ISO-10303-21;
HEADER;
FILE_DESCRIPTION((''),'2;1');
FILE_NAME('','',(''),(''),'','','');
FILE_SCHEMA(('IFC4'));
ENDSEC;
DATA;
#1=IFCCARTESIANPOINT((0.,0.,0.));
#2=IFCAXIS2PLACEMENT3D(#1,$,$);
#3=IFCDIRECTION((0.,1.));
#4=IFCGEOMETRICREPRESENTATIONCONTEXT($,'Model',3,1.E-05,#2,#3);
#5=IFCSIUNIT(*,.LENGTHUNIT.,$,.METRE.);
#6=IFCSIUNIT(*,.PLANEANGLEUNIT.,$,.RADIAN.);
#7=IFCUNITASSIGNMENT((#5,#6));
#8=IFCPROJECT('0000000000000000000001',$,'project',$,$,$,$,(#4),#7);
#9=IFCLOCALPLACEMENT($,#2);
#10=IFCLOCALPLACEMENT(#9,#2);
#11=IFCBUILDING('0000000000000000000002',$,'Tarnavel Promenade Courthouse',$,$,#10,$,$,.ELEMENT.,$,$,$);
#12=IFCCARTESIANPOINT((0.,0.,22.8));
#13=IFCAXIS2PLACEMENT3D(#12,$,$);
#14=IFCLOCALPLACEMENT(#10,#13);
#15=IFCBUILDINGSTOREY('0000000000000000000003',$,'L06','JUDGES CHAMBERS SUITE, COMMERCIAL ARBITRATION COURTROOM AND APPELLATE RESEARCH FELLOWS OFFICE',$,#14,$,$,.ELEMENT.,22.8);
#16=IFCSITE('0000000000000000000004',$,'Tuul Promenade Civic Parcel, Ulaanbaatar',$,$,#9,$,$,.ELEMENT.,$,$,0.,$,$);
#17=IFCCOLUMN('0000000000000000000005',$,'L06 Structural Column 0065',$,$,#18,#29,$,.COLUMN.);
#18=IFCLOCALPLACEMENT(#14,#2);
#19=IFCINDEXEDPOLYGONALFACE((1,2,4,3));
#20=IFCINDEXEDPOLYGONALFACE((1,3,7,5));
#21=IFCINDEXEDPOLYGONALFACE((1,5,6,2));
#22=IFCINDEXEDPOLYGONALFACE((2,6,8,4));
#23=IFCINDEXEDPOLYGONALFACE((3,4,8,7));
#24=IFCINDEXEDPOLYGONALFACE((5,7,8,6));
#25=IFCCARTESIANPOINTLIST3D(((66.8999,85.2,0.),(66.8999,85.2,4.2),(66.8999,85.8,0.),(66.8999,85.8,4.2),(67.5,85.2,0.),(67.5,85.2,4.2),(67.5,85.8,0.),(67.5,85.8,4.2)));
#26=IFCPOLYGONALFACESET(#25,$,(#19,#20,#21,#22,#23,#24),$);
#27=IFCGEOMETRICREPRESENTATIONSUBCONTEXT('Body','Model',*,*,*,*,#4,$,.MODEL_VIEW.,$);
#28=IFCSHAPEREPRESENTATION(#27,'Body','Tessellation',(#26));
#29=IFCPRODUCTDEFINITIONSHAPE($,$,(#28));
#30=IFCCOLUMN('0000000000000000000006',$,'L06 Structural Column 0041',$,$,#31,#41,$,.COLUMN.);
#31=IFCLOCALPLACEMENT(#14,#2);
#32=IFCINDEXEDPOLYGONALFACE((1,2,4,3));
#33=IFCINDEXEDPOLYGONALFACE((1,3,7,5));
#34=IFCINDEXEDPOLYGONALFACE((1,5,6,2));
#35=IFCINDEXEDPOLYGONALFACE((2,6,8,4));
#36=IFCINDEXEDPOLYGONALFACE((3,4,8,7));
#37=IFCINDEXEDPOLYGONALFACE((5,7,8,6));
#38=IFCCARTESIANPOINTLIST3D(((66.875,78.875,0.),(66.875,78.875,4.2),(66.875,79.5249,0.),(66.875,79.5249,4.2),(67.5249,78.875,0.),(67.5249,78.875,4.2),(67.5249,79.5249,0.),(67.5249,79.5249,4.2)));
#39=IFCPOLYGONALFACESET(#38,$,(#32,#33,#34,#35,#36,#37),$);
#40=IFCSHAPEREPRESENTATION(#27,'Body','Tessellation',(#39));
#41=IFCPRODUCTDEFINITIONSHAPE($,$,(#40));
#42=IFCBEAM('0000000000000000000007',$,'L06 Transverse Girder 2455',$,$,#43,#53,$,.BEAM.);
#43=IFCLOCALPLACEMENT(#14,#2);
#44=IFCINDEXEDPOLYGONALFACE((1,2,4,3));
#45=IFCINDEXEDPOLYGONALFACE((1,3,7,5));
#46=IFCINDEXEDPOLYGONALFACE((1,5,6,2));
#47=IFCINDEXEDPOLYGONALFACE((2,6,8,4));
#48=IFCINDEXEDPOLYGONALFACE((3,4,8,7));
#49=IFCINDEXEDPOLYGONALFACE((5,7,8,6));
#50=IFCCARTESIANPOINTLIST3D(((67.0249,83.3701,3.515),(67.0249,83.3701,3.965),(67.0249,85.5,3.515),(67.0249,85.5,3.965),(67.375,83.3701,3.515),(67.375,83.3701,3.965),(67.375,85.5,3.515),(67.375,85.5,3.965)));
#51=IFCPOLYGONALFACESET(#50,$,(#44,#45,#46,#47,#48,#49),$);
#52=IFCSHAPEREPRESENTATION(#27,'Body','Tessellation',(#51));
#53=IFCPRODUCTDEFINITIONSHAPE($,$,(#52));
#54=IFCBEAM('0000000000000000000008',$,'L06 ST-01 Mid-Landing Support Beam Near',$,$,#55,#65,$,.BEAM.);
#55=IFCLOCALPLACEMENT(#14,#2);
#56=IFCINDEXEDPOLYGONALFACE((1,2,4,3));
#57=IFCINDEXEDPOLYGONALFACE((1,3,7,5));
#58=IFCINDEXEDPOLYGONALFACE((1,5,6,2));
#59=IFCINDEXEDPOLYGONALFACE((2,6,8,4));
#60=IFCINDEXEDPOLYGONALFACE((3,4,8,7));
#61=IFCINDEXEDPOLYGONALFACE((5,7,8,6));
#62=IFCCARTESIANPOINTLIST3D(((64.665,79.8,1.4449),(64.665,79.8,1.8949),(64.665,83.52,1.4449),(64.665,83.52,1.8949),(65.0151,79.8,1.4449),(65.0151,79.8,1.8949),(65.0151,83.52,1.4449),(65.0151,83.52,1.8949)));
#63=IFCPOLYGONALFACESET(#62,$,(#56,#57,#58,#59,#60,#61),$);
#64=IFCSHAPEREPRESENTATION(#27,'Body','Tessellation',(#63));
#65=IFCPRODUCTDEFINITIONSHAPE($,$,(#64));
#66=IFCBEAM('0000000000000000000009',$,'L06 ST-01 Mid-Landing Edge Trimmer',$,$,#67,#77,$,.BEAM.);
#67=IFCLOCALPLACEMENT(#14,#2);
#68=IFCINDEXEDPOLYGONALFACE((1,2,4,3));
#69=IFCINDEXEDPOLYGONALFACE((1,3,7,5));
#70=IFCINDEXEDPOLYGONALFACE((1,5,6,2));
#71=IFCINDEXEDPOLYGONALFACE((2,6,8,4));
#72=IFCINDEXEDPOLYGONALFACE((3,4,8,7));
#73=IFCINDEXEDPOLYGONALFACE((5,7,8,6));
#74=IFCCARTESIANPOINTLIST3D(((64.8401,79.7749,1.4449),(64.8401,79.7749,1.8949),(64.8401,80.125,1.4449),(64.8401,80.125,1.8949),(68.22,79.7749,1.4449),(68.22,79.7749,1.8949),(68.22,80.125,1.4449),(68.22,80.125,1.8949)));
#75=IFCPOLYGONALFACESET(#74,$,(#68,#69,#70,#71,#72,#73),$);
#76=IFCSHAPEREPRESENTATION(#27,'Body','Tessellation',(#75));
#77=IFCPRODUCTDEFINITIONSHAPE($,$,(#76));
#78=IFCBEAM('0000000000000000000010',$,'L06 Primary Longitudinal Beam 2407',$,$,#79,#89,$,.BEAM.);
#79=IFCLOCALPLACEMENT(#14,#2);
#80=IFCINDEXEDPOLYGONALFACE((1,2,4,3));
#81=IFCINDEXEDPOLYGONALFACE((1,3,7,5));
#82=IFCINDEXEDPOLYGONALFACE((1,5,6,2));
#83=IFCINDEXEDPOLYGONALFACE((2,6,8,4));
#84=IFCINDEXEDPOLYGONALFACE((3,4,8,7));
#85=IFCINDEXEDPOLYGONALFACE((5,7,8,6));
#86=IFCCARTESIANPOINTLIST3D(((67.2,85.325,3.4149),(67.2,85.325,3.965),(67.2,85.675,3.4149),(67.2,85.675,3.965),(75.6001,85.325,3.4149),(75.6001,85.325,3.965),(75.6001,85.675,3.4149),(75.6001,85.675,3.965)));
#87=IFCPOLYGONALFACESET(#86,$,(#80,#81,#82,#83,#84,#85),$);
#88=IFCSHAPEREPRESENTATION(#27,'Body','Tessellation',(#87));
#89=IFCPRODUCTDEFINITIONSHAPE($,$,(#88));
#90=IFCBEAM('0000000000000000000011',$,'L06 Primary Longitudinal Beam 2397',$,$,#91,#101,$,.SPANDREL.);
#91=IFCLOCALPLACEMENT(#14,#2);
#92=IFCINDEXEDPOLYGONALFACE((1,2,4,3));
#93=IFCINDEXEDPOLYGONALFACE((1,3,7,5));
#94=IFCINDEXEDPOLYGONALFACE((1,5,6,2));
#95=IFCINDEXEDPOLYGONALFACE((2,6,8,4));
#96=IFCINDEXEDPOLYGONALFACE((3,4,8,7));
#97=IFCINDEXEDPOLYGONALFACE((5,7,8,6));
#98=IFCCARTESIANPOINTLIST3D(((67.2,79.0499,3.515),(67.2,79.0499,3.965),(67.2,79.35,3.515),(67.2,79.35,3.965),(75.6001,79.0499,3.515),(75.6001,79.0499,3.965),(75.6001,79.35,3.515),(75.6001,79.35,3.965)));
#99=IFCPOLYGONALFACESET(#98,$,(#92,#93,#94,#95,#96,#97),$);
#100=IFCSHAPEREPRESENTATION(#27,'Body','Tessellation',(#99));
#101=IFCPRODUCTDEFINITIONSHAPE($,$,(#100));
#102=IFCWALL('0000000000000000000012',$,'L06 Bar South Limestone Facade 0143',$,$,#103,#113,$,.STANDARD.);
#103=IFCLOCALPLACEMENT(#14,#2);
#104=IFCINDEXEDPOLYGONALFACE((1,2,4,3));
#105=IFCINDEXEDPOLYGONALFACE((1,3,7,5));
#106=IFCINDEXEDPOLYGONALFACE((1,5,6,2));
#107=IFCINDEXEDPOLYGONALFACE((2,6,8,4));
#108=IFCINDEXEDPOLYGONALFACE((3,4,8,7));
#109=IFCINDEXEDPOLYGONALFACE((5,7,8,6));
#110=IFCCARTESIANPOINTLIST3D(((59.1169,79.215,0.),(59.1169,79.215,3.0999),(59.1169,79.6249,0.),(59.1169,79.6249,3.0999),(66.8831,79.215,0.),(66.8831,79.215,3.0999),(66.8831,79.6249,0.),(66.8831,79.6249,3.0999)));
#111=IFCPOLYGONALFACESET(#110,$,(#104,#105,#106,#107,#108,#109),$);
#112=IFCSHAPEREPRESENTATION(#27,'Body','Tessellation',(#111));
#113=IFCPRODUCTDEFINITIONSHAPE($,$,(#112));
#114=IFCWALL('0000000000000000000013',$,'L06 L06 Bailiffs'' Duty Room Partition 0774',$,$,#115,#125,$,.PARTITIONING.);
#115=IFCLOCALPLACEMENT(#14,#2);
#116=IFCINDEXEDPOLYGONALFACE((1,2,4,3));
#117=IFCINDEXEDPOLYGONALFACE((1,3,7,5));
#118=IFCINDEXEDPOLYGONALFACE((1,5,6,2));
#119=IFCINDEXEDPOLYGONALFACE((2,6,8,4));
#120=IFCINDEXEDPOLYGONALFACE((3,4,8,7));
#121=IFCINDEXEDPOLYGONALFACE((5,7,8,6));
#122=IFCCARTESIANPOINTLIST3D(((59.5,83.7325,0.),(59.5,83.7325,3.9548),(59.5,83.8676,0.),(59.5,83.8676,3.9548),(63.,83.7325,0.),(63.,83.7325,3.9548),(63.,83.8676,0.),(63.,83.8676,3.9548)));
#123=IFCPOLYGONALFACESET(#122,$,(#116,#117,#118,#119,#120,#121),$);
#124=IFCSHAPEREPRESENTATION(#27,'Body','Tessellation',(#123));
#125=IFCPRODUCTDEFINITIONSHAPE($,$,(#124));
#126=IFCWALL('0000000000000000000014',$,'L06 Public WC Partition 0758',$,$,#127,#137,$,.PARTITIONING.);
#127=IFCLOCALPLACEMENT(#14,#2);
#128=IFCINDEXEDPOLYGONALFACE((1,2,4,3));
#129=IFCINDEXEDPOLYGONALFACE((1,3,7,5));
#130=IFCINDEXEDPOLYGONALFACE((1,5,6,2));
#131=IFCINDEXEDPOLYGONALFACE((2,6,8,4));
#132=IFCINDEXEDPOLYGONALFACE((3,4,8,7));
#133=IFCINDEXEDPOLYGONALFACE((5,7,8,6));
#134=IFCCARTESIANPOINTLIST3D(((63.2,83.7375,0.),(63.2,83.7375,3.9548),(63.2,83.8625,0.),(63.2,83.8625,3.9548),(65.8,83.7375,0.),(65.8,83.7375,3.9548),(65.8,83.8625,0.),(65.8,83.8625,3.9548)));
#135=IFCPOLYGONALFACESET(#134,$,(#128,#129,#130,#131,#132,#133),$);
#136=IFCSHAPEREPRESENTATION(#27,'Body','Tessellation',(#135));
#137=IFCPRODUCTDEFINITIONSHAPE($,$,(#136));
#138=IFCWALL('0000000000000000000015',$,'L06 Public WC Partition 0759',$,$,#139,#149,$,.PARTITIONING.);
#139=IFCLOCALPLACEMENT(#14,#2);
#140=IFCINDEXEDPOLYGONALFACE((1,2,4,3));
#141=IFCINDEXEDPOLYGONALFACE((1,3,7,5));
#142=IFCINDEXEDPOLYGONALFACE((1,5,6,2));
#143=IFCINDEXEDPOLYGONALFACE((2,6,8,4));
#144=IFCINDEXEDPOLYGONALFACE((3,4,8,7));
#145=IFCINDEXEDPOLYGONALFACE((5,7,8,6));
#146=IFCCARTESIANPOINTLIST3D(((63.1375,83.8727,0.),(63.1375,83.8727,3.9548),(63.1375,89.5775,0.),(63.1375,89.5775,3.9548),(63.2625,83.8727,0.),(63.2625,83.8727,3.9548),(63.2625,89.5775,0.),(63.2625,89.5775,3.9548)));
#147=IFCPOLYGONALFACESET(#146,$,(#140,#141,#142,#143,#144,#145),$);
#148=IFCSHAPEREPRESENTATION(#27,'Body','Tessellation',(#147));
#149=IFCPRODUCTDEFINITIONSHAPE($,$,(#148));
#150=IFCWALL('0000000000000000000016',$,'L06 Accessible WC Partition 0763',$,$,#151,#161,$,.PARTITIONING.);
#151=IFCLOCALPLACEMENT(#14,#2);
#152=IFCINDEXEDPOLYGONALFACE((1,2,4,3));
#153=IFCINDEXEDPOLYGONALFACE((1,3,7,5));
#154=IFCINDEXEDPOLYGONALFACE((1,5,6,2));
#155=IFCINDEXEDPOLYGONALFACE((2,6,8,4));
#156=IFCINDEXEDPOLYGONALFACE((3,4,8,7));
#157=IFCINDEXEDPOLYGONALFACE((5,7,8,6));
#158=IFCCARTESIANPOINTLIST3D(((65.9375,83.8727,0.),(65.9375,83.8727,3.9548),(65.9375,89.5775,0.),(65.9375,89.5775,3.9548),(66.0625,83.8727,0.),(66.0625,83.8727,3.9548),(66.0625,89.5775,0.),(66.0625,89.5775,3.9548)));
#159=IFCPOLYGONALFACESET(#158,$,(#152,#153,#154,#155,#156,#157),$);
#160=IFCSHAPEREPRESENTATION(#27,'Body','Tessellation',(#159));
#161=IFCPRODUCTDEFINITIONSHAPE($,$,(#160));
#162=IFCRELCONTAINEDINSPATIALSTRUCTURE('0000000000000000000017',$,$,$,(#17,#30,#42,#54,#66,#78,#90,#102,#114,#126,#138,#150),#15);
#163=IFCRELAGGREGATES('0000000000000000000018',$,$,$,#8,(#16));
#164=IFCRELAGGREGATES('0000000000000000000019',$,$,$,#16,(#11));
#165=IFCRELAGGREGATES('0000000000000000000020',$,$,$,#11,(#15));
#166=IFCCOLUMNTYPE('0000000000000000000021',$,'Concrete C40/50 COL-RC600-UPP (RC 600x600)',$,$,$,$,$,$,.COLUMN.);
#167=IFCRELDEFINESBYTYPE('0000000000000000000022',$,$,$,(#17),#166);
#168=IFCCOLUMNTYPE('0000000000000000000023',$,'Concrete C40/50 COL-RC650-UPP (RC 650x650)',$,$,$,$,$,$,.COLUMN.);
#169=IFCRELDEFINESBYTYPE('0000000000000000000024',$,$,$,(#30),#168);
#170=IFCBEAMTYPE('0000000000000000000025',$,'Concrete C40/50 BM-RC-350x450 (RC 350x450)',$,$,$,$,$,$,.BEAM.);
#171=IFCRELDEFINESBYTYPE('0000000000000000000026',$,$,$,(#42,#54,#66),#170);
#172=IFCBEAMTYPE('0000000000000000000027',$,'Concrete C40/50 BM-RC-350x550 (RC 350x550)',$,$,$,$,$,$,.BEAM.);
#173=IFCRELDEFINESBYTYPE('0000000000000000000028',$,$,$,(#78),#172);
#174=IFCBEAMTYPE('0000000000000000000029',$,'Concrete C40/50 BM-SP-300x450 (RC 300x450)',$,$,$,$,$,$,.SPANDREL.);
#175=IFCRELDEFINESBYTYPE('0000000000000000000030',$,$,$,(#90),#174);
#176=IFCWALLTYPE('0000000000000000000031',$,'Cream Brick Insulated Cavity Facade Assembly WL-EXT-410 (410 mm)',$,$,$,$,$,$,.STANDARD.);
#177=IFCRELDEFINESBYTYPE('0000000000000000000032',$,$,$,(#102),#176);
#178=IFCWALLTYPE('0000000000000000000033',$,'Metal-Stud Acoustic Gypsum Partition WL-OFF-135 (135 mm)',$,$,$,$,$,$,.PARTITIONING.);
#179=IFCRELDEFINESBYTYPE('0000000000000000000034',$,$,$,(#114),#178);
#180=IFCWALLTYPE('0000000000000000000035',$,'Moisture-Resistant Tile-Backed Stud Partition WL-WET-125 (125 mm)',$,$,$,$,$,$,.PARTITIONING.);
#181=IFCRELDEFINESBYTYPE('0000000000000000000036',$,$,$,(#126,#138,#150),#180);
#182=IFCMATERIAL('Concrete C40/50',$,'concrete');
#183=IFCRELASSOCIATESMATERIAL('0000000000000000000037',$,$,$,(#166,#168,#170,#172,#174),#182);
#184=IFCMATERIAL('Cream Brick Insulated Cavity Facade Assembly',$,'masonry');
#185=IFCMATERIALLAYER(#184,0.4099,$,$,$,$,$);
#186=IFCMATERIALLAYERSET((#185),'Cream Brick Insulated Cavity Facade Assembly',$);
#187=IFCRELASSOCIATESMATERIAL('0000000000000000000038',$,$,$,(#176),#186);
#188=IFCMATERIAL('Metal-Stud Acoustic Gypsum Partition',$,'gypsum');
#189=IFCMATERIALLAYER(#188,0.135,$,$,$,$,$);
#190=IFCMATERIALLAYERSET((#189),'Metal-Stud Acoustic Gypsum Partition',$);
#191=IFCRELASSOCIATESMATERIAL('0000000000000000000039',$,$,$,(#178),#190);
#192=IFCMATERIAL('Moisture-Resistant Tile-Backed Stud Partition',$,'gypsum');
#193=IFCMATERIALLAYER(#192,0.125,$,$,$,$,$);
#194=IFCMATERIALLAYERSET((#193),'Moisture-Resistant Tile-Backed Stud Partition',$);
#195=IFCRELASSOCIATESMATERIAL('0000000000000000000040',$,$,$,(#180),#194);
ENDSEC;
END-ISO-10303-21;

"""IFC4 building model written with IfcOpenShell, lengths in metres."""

from ifc_helpers import new_model, si_unit, direction, frame, frame_2d, origin, origin_2d, place, context, subcontext, project, spatial, rectangle, extrude, material, layer, layer_set, material_profile, profile_set, type_object, element, save


model = new_model("IFC4")

# Units and contexts
model_context = context("Model", 3, precision=1e-05, world=origin(), true_north=direction((0.0, 1.0)))
body_context = subcontext(model_context, "Body", "Model", "MODEL_VIEW")
ifc_project = project(units=[si_unit("LENGTHUNIT", "METRE"), si_unit("PLANEANGLEUNIT", "RADIAN")], contexts=[model_context])

# Site, building, storey
site_placement = place(None, origin())
site = spatial("IfcSite", under=ifc_project, at=site_placement, Name="Tuul Promenade Civic Parcel, Ulaanbaatar", CompositionType="ELEMENT", RefElevation=0.0)
building_placement = place(site_placement, origin())
building = spatial("IfcBuilding", under=site, at=building_placement, Name="Tarnavel Promenade Courthouse", CompositionType="ELEMENT")
storey_placement = place(building_placement, frame((0.0, 0.0, 22.8)))
storey = spatial("IfcBuildingStorey", under=building, at=storey_placement, Name="L06", Description="JUDGES CHAMBERS SUITE, COMMERCIAL ARBITRATION COURTROOM AND APPELLATE RESEARCH FELLOWS OFFICE", CompositionType="ELEMENT", Elevation=22.8)

# Columns
ifc_material_1 = material(Name="Concrete C40/50", Category="concrete")
ifc_material_profile_1 = material_profile(ifc_material_1, rectangle(XDim=0.6001, YDim=0.6001, at=origin_2d()), Name="RC 600x600")
ifc_profile_set_1 = profile_set([ifc_material_profile_1], Name="Concrete C40/50")
column_type_1 = type_object("IfcColumnType", Name="Concrete C40/50 COL-RC600-UPP (RC 600x600)", PredefinedType="COLUMN", material=ifc_profile_set_1)
column_1_placement = place(storey_placement, frame((67.2, 85.5, 0.0), z_axis=(0.0, 0.0, 1.0), x_axis=(1.0, 0.0, 0.0)))
element("IfcColumn", 1, at=column_1_placement, inside=storey, type_object=column_type_1, Name="L06 Structural Column 0065", PredefinedType="COLUMN", context=body_context, shape_type="SweptSolid", body=[
    extrude(rectangle(XDim=0.6001, YDim=0.6001, at=origin_2d()), origin(), (0.0, 0.0, 1.0), 4.2),
])
ifc_material_profile_2 = material_profile(ifc_material_1, rectangle(XDim=0.6499, YDim=0.6499, at=origin_2d()), Name="RC 650x650")
ifc_profile_set_2 = profile_set([ifc_material_profile_2], Name="Concrete C40/50")
column_type_2 = type_object("IfcColumnType", Name="Concrete C40/50 COL-RC650-UPP (RC 650x650)", PredefinedType="COLUMN", material=ifc_profile_set_2)
column_2_placement = place(storey_placement, frame((67.2, 79.2, 0.0), z_axis=(0.0, 0.0, 1.0), x_axis=(1.0, 0.0, 0.0)))
element("IfcColumn", 2, at=column_2_placement, inside=storey, type_object=column_type_2, Name="L06 Structural Column 0041", PredefinedType="COLUMN", context=body_context, shape_type="SweptSolid", body=[
    extrude(rectangle(XDim=0.6499, YDim=0.6499, at=origin_2d()), origin(), (0.0, 0.0, 1.0), 4.2),
])

# Beams
ifc_material_profile_3 = material_profile(ifc_material_1, rectangle(XDim=0.3501, YDim=0.45, at=origin_2d()), Name="RC 350x450")
ifc_profile_set_3 = profile_set([ifc_material_profile_3], Name="Concrete C40/50")
beam_type_1 = type_object("IfcBeamType", Name="Concrete C40/50 BM-RC-350x450 (RC 350x450)", PredefinedType="BEAM", material=ifc_profile_set_3)
beam_1_placement = place(storey_placement, frame((67.2, 83.3701, 3.74), z_axis=(0.0, 1.0, 0.0), x_axis=(-1.0, 0.0, 0.0)))
element("IfcBeam", 3, at=beam_1_placement, inside=storey, type_object=beam_type_1, Name="L06 Transverse Girder 2455", PredefinedType="BEAM", context=body_context, shape_type="SweptSolid", body=[
    extrude(rectangle(XDim=0.3501, YDim=0.45, at=origin_2d()), origin(), (0.0, 0.0, 1.0), 2.1299),
])
beam_2_placement = place(storey_placement, frame((64.8401, 79.8, 1.6699), z_axis=(0.0, 1.0, 0.0), x_axis=(-1.0, 0.0, 0.0)))
element("IfcBeam", 4, at=beam_2_placement, inside=storey, type_object=beam_type_1, Name="L06 ST-01 Mid-Landing Support Beam Near", PredefinedType="BEAM", context=body_context, shape_type="SweptSolid", body=[
    extrude(rectangle(XDim=0.3501, YDim=0.45, at=origin_2d()), origin(), (0.0, 0.0, 1.0), 3.72),
])
beam_3_placement = place(storey_placement, frame((64.8401, 79.95, 1.6699), z_axis=(1.0, 0.0, 0.0), x_axis=(0.0, 1.0, 0.0)))
element("IfcBeam", 5, at=beam_3_placement, inside=storey, type_object=beam_type_1, Name="L06 ST-01 Mid-Landing Edge Trimmer", PredefinedType="BEAM", context=body_context, shape_type="SweptSolid", body=[
    extrude(rectangle(XDim=0.3501, YDim=0.45, at=origin_2d()), origin(), (0.0, 0.0, 1.0), 3.3799),
])
ifc_material_profile_4 = material_profile(ifc_material_1, rectangle(XDim=0.3501, YDim=0.55, at=origin_2d()), Name="RC 350x550")
ifc_profile_set_4 = profile_set([ifc_material_profile_4], Name="Concrete C40/50")
beam_type_2 = type_object("IfcBeamType", Name="Concrete C40/50 BM-RC-350x550 (RC 350x550)", PredefinedType="BEAM", material=ifc_profile_set_4)
beam_4_placement = place(storey_placement, frame((67.2, 85.5, 3.6899), z_axis=(1.0, 0.0, 0.0), x_axis=(0.0, 1.0, 0.0)))
element("IfcBeam", 6, at=beam_4_placement, inside=storey, type_object=beam_type_2, Name="L06 Primary Longitudinal Beam 2407", PredefinedType="BEAM", context=body_context, shape_type="SweptSolid", body=[
    extrude(rectangle(XDim=0.3501, YDim=0.55, at=origin_2d()), origin(), (0.0, 0.0, 1.0), 8.4001),
])
ifc_material_profile_5 = material_profile(ifc_material_1, rectangle(XDim=0.3, YDim=0.45, at=origin_2d()), Name="RC 300x450")
ifc_profile_set_5 = profile_set([ifc_material_profile_5], Name="Concrete C40/50")
beam_type_3 = type_object("IfcBeamType", Name="Concrete C40/50 BM-SP-300x450 (RC 300x450)", PredefinedType="SPANDREL", material=ifc_profile_set_5)
beam_5_placement = place(storey_placement, frame((67.2, 79.2, 3.74), z_axis=(1.0, 0.0, 0.0), x_axis=(0.0, 1.0, 0.0)))
element("IfcBeam", 7, at=beam_5_placement, inside=storey, type_object=beam_type_3, Name="L06 Primary Longitudinal Beam 2397", PredefinedType="SPANDREL", context=body_context, shape_type="SweptSolid", body=[
    extrude(rectangle(XDim=0.3, YDim=0.45, at=origin_2d()), origin(), (0.0, 0.0, 1.0), 8.4001),
])

# Walls
ifc_material_2 = material(Name="Cream Brick Insulated Cavity Facade Assembly", Category="masonry")
ifc_layer_1 = layer(ifc_material_2, 0.4099)
ifc_layer_set_1 = layer_set([ifc_layer_1], Name="Cream Brick Insulated Cavity Facade Assembly")
wall_type_1 = type_object("IfcWallType", Name="Cream Brick Insulated Cavity Facade Assembly WL-EXT-410 (410 mm)", PredefinedType="STANDARD", material=ifc_layer_set_1)
wall_1_placement = place(storey_placement, frame((66.8831, 79.4199, 0.0), z_axis=(0.0, 0.0, 1.0), x_axis=(-1.0, 0.0, 0.0)))
element("IfcWall", 8, at=wall_1_placement, inside=storey, type_object=wall_type_1, Name="L06 Bar South Limestone Facade 0143", PredefinedType="STANDARD", context=body_context, shape_type="SweptSolid", body=[
    extrude(rectangle(XDim=7.7661, YDim=0.4099, at=frame_2d((3.8831, 0.0))), origin(), (0.0, 0.0, 1.0), 3.0999),
])
ifc_material_3 = material(Name="Metal-Stud Acoustic Gypsum Partition", Category="gypsum")
ifc_layer_2 = layer(ifc_material_3, 0.135)
ifc_layer_set_2 = layer_set([ifc_layer_2], Name="Metal-Stud Acoustic Gypsum Partition")
wall_type_2 = type_object("IfcWallType", Name="Metal-Stud Acoustic Gypsum Partition WL-OFF-135 (135 mm)", PredefinedType="PARTITIONING", material=ifc_layer_set_2)
wall_2_placement = place(storey_placement, frame((63.0, 83.8, 0.0), z_axis=(0.0, 0.0, 1.0), x_axis=(-1.0, 0.0, 0.0)))
element("IfcWall", 9, at=wall_2_placement, inside=storey, type_object=wall_type_2, Name="L06 L06 Bailiffs' Duty Room Partition 0774", PredefinedType="PARTITIONING", context=body_context, shape_type="SweptSolid", body=[
    extrude(rectangle(XDim=3.5, YDim=0.135, at=frame_2d((1.75, 0.0))), origin(), (0.0, 0.0, 1.0), 3.9548),
])
ifc_material_4 = material(Name="Moisture-Resistant Tile-Backed Stud Partition", Category="gypsum")
ifc_layer_3 = layer(ifc_material_4, 0.125)
ifc_layer_set_3 = layer_set([ifc_layer_3], Name="Moisture-Resistant Tile-Backed Stud Partition")
wall_type_3 = type_object("IfcWallType", Name="Moisture-Resistant Tile-Backed Stud Partition WL-WET-125 (125 mm)", PredefinedType="PARTITIONING", material=ifc_layer_set_3)
wall_3_placement = place(storey_placement, frame((65.8, 83.8, 0.0), z_axis=(0.0, 0.0, 1.0), x_axis=(-1.0, 0.0, 0.0)))
element("IfcWall", 10, at=wall_3_placement, inside=storey, type_object=wall_type_3, Name="L06 Public WC Partition 0758", PredefinedType="PARTITIONING", context=body_context, shape_type="SweptSolid", body=[
    extrude(rectangle(XDim=2.6001, YDim=0.125, at=frame_2d((1.3, 0.0))), origin(), (0.0, 0.0, 1.0), 3.9548),
])
for number, where, z_axis, x_axis, name in (
    (11, (63.2, 83.8726, 0.0), (0.0, 0.0, 1.0), (0.0, 1.0, 0.0), "L06 Public WC Partition 0759"),
    (12, (66.0, 83.8726, 0.0), (0.0, 0.0, 1.0), (0.0, 1.0, 0.0), "L06 Accessible WC Partition 0763"),
):
    element("IfcWall", number, at=place(storey_placement, frame(where, z_axis=z_axis, x_axis=x_axis)), inside=storey, type_object=wall_type_3, Name=name, PredefinedType="PARTITIONING", context=body_context, shape_type="SweptSolid", body=[
        extrude(rectangle(XDim=5.7048, YDim=0.125, at=frame_2d((2.8525, 0.0))), origin(), (0.0, 0.0, 1.0), 3.9548),
    ])

save(model, "model.ifc")
